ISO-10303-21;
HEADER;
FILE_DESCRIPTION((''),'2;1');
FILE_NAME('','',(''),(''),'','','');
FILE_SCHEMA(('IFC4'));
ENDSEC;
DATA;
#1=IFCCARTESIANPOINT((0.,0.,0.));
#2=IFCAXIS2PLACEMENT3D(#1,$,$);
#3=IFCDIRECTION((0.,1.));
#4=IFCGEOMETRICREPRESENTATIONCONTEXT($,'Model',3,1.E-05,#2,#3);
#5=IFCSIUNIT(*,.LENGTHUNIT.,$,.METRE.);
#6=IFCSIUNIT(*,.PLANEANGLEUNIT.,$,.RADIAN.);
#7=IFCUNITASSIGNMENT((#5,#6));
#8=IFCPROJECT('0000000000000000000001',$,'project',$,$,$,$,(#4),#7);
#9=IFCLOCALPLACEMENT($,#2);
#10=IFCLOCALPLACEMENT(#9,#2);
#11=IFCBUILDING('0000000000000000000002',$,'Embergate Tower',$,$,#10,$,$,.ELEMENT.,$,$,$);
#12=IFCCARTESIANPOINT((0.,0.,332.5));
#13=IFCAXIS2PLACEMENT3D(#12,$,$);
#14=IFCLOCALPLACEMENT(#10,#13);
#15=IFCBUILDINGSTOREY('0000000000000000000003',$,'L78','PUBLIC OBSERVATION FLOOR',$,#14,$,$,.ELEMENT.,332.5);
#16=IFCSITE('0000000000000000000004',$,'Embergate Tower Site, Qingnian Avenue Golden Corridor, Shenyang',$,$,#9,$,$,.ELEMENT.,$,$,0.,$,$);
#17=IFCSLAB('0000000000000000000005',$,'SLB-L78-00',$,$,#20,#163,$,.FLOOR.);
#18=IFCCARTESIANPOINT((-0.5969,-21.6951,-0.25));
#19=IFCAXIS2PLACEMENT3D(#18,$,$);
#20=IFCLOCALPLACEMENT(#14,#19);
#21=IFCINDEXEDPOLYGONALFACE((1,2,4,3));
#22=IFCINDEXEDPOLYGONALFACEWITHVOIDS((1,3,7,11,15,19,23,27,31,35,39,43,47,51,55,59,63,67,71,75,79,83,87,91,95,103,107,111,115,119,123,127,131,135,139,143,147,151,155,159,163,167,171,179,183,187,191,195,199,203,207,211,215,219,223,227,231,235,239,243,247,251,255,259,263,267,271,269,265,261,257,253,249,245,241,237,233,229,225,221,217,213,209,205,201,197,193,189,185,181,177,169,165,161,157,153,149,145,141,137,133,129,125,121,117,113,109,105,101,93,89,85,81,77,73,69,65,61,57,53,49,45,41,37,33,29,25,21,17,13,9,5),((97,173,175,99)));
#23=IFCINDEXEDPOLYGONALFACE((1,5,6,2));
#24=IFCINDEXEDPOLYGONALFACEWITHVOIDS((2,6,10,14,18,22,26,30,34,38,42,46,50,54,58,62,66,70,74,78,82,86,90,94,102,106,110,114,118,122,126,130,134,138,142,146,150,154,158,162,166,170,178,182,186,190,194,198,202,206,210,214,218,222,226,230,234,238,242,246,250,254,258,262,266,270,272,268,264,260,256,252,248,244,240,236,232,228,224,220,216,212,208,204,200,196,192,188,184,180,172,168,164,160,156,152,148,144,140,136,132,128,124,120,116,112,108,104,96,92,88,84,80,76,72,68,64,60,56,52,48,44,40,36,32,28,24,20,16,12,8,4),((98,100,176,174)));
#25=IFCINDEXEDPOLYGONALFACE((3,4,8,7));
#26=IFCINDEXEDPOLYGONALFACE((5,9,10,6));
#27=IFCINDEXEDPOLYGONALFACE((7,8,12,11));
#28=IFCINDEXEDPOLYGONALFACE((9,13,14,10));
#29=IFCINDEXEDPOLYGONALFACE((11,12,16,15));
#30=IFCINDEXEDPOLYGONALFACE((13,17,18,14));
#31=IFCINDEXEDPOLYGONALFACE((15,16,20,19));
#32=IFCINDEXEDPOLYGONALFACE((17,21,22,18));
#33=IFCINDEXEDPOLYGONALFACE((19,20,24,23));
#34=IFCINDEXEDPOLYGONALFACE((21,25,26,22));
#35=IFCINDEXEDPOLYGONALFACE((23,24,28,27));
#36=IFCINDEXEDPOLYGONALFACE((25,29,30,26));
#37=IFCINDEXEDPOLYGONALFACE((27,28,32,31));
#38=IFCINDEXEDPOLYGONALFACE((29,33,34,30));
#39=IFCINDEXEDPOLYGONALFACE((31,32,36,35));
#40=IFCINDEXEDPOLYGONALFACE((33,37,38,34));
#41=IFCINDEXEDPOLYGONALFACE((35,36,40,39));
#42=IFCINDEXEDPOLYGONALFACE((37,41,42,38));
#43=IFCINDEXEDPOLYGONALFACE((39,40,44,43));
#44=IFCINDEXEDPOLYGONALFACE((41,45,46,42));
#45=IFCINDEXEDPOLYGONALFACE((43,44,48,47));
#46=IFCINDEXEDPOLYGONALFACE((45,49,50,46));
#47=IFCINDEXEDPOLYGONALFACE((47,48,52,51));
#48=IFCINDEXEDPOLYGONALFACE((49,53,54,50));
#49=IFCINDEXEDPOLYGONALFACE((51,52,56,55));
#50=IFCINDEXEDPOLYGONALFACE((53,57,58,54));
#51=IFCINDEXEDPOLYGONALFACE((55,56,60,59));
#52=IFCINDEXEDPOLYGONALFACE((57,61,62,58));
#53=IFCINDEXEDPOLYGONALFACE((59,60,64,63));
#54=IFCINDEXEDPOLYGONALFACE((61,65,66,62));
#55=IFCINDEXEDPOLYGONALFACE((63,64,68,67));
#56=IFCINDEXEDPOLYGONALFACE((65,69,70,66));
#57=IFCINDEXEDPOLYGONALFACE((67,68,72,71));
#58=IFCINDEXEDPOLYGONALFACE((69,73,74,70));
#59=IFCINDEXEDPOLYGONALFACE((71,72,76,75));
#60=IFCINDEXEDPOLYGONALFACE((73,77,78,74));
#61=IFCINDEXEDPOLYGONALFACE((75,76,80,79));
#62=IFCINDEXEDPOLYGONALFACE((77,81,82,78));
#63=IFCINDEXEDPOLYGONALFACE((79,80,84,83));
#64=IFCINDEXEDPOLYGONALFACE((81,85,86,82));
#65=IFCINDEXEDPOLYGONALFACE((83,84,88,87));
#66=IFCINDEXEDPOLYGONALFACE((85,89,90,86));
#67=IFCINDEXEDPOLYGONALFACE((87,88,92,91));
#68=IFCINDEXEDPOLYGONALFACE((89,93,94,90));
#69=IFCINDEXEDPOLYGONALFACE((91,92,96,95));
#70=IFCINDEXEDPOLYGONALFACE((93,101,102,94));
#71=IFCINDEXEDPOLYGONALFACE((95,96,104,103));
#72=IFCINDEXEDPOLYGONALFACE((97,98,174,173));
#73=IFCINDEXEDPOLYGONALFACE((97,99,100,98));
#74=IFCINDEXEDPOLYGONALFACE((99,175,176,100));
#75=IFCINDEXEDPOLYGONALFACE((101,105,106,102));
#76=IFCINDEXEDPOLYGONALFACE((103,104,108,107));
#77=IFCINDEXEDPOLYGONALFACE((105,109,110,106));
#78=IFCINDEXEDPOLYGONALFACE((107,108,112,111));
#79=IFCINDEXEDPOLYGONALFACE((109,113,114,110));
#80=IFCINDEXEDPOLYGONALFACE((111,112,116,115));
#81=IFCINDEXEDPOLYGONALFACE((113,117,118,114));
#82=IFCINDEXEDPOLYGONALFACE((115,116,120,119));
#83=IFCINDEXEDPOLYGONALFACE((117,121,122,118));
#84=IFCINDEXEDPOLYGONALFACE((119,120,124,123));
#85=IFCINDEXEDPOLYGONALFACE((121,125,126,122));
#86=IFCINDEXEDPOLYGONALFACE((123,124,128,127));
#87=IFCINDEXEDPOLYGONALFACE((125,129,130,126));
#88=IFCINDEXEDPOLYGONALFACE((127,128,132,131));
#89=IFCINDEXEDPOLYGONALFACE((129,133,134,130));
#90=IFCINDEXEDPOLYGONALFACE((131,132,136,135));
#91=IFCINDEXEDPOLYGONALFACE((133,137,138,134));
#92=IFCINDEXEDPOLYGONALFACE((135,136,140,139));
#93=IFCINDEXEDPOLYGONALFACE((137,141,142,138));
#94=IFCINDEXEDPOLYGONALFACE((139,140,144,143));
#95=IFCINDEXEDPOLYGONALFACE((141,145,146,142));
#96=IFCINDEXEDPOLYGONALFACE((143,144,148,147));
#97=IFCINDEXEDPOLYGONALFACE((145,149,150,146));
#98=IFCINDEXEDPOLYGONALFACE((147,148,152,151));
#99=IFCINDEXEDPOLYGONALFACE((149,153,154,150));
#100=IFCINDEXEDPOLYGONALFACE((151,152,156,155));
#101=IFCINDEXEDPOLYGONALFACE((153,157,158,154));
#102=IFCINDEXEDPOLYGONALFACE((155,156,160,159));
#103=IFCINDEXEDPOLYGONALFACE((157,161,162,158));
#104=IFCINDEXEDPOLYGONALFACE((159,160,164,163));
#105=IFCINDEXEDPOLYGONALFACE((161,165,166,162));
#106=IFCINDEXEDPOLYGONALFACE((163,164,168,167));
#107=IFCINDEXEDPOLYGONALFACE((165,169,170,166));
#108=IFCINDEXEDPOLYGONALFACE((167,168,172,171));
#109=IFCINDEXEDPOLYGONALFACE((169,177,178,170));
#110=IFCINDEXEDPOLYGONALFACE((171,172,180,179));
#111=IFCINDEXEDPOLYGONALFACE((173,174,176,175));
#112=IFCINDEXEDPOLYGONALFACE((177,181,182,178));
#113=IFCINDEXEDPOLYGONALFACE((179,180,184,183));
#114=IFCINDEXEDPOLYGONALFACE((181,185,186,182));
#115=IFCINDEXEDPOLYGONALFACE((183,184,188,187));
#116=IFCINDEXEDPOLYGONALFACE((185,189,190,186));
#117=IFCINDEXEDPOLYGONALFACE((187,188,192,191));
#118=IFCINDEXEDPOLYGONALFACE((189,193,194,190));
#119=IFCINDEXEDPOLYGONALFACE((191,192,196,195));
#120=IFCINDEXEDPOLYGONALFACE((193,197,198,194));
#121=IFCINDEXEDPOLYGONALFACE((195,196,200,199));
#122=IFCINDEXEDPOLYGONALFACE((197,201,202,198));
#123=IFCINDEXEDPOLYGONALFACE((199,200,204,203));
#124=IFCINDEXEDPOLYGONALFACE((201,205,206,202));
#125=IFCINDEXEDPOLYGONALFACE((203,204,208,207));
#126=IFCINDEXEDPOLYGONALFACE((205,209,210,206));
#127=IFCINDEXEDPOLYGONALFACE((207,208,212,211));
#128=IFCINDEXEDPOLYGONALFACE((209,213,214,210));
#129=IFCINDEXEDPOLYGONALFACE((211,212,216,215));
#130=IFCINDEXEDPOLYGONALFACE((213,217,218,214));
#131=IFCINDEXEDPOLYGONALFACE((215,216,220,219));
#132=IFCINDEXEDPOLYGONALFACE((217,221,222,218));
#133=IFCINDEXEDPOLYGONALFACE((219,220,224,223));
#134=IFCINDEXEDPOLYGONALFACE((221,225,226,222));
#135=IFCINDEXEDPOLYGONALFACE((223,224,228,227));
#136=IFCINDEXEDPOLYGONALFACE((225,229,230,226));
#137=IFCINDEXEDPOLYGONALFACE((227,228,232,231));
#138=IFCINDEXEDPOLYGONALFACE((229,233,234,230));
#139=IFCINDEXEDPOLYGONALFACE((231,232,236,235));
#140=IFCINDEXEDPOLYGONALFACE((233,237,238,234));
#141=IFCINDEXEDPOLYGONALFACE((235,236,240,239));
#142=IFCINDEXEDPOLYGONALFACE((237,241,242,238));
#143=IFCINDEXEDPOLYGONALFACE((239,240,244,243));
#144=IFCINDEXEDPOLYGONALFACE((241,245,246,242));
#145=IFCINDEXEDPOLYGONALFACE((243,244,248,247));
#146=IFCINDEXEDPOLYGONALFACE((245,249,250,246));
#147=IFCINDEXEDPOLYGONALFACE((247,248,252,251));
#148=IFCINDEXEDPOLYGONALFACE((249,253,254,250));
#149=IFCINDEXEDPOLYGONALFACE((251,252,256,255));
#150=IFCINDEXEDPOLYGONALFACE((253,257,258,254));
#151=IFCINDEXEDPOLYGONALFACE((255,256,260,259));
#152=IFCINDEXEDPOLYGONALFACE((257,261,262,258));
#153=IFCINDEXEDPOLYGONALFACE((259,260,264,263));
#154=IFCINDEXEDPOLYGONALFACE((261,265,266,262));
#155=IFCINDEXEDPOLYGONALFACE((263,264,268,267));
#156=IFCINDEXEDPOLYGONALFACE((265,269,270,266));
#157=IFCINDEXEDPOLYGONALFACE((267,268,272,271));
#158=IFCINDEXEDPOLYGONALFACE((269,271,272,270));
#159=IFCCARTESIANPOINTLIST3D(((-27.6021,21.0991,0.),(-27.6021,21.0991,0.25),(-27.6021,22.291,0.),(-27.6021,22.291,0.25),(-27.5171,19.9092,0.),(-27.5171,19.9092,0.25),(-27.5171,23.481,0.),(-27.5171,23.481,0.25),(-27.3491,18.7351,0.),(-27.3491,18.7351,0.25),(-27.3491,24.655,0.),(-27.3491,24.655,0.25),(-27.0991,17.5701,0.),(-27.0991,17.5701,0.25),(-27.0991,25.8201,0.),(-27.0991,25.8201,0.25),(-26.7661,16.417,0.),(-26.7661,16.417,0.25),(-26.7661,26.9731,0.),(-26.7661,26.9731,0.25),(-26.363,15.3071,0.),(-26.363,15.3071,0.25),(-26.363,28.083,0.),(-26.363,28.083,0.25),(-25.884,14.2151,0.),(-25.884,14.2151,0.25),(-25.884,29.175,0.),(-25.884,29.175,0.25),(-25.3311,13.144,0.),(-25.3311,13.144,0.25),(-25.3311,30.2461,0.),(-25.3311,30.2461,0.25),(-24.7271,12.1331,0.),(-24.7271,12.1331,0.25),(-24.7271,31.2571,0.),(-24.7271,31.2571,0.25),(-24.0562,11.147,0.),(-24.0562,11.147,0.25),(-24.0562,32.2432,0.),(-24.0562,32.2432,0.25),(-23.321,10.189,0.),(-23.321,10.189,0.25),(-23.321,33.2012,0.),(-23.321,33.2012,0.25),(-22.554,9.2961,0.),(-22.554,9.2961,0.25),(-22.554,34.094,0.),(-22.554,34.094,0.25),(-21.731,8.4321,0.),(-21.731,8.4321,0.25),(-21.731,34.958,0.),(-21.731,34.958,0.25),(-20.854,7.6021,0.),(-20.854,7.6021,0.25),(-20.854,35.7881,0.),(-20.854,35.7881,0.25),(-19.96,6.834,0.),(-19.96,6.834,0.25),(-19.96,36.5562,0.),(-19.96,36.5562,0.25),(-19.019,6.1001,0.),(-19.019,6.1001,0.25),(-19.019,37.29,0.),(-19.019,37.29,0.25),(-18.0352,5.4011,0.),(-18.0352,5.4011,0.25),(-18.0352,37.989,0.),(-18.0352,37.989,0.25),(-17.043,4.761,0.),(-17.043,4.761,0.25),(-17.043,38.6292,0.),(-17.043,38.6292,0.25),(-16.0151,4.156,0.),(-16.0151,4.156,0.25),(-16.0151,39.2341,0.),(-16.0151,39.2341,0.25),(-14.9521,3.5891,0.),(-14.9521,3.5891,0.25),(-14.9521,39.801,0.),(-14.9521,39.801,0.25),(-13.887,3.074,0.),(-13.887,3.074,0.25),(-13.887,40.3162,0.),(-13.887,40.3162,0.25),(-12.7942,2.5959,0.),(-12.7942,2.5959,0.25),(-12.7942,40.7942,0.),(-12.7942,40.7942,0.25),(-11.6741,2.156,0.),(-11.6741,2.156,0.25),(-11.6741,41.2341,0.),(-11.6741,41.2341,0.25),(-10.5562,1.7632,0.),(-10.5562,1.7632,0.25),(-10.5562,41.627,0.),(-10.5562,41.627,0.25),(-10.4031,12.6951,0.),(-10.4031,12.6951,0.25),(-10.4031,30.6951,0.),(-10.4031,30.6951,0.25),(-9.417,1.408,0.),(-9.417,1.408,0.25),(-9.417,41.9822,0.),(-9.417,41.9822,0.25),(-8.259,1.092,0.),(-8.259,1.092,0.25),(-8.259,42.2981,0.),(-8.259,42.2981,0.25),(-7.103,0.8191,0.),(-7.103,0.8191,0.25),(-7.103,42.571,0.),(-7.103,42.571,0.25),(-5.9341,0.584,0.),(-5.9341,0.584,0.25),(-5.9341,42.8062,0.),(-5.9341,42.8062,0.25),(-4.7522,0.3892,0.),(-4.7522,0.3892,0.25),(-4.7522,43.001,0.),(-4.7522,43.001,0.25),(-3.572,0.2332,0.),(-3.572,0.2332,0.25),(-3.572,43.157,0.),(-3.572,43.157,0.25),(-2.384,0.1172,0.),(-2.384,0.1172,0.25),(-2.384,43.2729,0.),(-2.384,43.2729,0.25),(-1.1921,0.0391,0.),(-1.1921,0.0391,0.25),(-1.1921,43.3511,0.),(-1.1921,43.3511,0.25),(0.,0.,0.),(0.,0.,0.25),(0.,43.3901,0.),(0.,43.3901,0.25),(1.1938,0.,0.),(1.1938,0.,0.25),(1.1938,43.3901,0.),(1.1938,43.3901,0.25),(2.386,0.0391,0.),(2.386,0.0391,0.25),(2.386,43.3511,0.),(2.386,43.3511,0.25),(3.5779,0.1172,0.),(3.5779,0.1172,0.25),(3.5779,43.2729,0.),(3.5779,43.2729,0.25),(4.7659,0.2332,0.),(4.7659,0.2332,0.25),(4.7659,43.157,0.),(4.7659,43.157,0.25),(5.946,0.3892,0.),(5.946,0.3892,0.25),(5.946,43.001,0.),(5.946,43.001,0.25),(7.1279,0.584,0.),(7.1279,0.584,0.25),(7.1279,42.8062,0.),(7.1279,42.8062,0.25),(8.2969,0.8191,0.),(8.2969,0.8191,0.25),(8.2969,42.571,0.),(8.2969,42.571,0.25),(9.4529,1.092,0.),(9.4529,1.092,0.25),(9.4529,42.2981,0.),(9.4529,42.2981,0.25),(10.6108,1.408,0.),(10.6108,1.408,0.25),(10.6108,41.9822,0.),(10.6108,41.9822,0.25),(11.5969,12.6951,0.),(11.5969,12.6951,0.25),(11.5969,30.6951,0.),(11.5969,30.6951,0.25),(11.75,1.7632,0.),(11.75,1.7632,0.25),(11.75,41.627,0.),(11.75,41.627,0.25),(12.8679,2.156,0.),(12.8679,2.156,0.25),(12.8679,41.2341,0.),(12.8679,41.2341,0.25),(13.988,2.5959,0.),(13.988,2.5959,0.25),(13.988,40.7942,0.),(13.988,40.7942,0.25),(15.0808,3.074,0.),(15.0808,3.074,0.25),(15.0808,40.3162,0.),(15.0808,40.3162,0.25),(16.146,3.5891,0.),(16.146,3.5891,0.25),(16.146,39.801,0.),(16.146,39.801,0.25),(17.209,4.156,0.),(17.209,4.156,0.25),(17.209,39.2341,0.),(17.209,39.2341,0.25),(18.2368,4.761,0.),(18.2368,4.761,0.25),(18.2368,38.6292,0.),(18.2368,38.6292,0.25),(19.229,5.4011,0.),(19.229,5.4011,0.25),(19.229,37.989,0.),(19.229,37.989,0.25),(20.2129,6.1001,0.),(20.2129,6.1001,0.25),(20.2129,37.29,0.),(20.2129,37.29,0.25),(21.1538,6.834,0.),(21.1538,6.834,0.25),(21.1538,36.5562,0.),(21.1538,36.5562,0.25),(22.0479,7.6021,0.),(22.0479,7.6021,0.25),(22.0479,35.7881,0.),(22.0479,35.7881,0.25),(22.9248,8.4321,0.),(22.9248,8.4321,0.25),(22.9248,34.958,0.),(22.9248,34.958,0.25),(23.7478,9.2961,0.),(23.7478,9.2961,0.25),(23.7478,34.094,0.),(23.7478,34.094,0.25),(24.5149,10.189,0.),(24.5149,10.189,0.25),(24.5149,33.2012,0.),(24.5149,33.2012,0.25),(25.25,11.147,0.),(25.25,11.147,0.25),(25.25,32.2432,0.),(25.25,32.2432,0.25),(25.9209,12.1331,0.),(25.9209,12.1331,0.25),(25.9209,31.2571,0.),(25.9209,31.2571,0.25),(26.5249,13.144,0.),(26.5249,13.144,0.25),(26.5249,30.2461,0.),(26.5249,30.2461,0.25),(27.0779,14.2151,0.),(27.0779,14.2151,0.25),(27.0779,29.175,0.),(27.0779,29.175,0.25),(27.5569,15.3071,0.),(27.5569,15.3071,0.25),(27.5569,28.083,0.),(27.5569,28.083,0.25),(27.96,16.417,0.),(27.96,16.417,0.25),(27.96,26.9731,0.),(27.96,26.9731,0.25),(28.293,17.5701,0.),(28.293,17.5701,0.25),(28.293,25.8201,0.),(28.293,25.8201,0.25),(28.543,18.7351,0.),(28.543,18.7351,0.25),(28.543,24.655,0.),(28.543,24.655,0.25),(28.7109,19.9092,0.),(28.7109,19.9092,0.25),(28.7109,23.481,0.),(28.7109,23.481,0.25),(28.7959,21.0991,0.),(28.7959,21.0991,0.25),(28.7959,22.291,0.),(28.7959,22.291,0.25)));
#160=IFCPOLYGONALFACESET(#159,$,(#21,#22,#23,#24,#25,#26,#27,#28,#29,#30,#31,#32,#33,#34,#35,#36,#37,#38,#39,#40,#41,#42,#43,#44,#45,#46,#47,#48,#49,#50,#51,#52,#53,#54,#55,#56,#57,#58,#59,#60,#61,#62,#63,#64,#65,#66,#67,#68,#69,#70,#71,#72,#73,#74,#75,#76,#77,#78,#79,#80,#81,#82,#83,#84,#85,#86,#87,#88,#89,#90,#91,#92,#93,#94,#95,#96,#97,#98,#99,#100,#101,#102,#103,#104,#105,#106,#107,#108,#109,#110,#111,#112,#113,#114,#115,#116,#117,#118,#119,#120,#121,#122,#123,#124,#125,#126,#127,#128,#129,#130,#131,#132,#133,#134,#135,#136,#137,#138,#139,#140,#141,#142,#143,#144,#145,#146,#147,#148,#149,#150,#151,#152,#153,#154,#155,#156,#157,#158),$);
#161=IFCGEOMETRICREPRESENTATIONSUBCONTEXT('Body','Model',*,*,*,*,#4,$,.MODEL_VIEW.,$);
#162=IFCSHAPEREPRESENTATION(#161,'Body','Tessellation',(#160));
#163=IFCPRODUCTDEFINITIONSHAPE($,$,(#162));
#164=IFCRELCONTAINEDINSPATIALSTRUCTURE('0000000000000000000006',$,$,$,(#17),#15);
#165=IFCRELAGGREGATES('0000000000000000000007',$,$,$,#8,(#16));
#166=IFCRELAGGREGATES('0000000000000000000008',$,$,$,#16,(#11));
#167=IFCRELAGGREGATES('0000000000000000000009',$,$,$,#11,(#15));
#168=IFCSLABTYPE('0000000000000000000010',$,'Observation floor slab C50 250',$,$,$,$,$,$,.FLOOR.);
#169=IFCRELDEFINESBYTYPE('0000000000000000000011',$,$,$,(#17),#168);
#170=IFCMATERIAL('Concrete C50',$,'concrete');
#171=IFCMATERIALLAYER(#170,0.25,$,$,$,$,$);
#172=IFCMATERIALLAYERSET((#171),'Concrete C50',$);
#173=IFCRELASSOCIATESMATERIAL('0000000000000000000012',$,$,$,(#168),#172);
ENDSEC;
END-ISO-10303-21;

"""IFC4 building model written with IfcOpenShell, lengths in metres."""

from ifc_helpers import new_model, si_unit, direction, frame, origin, place, context, subcontext, project, spatial, polyline, outline, extrude, source, transform, mapped, material, layer, layer_set, type_object, element, save


model = new_model("IFC4")

# Units and contexts
model_context = context("Model", 3, precision=1e-05, world=origin(), true_north=direction((0.0, 1.0)))
body_context = subcontext(model_context, "Body", "Model", "MODEL_VIEW")
ifc_project = project(units=[si_unit("LENGTHUNIT", "METRE"), si_unit("PLANEANGLEUNIT", "RADIAN")], contexts=[model_context])

# Site, building, storey
site_placement = place(None, origin())
site = spatial("IfcSite", under=ifc_project, at=site_placement, Name="Embergate Tower Site, Qingnian Avenue Golden Corridor, Shenyang", CompositionType="ELEMENT", RefElevation=0.0)
building_placement = place(site_placement, origin())
building = spatial("IfcBuilding", under=site, at=building_placement, Name="Embergate Tower", CompositionType="ELEMENT")
storey_placement = place(building_placement, frame((0.0, 0.0, 332.5)))
storey = spatial("IfcBuildingStorey", under=building, at=storey_placement, Name="L78", Description="PUBLIC OBSERVATION FLOOR", CompositionType="ELEMENT", Elevation=332.5)

# Shared definitions
ifc_material_1 = material(Name="Concrete C50", Category="concrete")

# Slab
ifc_layer_1 = layer(ifc_material_1, 0.25)
ifc_layer_set_1 = layer_set([ifc_layer_1], Name="Concrete C50")
slab_type = type_object("IfcSlabType", Name="Observation floor slab C50 250", PredefinedType="FLOOR", material=ifc_layer_set_1)
shared_shape_1 = source(origin(), body_context, "Body", "SweptSolid", [
    extrude(outline(polyline([(0.0, 0.0), (1.1938, 0.0), (2.386, 0.0391), (3.5779, 0.1172), (4.7659, 0.2332), (5.946, 0.3892), (7.1279, 0.584), (8.2969, 0.8191), (9.4529, 1.092), (10.6108, 1.408), (11.75, 1.7632), (12.8679, 2.156), (13.988, 2.5959), (15.0808, 3.074), (16.146, 3.5891), (17.209, 4.156), (18.2368, 4.761), (19.229, 5.4011), (20.2129, 6.1001), (21.1538, 6.834), (22.0479, 7.6021), (22.9248, 8.4321), (23.7478, 9.2961), (24.5149, 10.189), (25.25, 11.147), (25.9209, 12.1331), (26.5249, 13.144), (27.0779, 14.2151), (27.5569, 15.3071), (27.96, 16.417), (28.293, 17.5701), (28.543, 18.7351), (28.7109, 19.9092), (28.7959, 21.0991), (28.7959, 22.291), (28.7109, 23.481), (28.543, 24.655), (28.293, 25.8201), (27.96, 26.9731), (27.5569, 28.083), (27.0779, 29.175), (26.5249, 30.2461), (25.9209, 31.2571), (25.25, 32.2432), (24.5149, 33.2012), (23.7478, 34.094), (22.9248, 34.958), (22.0479, 35.7881), (21.1538, 36.5562), (20.2129, 37.29), (19.229, 37.989), (18.2368, 38.6292), (17.209, 39.2341), (16.146, 39.801), (15.0808, 40.3162), (13.988, 40.7942), (12.8679, 41.2341), (11.75, 41.627), (10.6108, 41.9822), (9.4529, 42.2981), (8.2969, 42.571), (7.1279, 42.8062), (5.946, 43.001), (4.7659, 43.157), (3.5779, 43.2729), (2.386, 43.3511), (1.1938, 43.3901), (0.0, 43.3901), (-1.1921, 43.3511), (-2.384, 43.2729), (-3.572, 43.157), (-4.7522, 43.001), (-5.9341, 42.8062), (-7.103, 42.571), (-8.259, 42.2981), (-9.417, 41.9822), (-10.5562, 41.627), (-11.6741, 41.2341), (-12.7942, 40.7942), (-13.887, 40.3162), (-14.9521, 39.801), (-16.0151, 39.2341), (-17.043, 38.6292), (-18.0352, 37.989), (-19.019, 37.29), (-19.96, 36.5562), (-20.854, 35.7881), (-21.731, 34.958), (-22.554, 34.094), (-23.321, 33.2012), (-24.0562, 32.2432), (-24.7271, 31.2571), (-25.3311, 30.2461), (-25.884, 29.175), (-26.363, 28.083), (-26.7661, 26.9731), (-27.0991, 25.8201), (-27.3491, 24.655), (-27.5171, 23.481), (-27.6021, 22.291), (-27.6021, 21.0991), (-27.5171, 19.9092), (-27.3491, 18.7351), (-27.0991, 17.5701), (-26.7661, 16.417), (-26.363, 15.3071), (-25.884, 14.2151), (-25.3311, 13.144), (-24.7271, 12.1331), (-24.0562, 11.147), (-23.321, 10.189), (-22.554, 9.2961), (-21.731, 8.4321), (-20.854, 7.6021), (-19.96, 6.834), (-19.019, 6.1001), (-18.0352, 5.4011), (-17.043, 4.761), (-16.0151, 4.156), (-14.9521, 3.5891), (-13.887, 3.074), (-12.7942, 2.5959), (-11.6741, 2.156), (-10.5562, 1.7632), (-9.417, 1.408), (-8.259, 1.092), (-7.103, 0.8191), (-5.9341, 0.584), (-4.7522, 0.3892), (-3.572, 0.2332), (-2.384, 0.1172), (-1.1921, 0.0391), (0.0, 0.0)]), holes=[polyline([(-10.4031, 12.6951), (-10.4031, 30.6951), (11.5969, 30.6951), (11.5969, 12.6951), (-10.4031, 12.6951)])]), origin(), (0.0, 0.0, 1.0), 0.25),
])
slab_placement = place(storey_placement, frame((-0.5969, -21.6951, -0.25)))
element("IfcSlab", 1, at=slab_placement, inside=storey, type_object=slab_type, Name="SLB-L78-00", PredefinedType="FLOOR", context=body_context, shape_type="MappedRepresentation", body=[
    mapped(shared_shape_1, transform((0.0, 0.0, 0.0))),
])

save(model, "model.ifc")
